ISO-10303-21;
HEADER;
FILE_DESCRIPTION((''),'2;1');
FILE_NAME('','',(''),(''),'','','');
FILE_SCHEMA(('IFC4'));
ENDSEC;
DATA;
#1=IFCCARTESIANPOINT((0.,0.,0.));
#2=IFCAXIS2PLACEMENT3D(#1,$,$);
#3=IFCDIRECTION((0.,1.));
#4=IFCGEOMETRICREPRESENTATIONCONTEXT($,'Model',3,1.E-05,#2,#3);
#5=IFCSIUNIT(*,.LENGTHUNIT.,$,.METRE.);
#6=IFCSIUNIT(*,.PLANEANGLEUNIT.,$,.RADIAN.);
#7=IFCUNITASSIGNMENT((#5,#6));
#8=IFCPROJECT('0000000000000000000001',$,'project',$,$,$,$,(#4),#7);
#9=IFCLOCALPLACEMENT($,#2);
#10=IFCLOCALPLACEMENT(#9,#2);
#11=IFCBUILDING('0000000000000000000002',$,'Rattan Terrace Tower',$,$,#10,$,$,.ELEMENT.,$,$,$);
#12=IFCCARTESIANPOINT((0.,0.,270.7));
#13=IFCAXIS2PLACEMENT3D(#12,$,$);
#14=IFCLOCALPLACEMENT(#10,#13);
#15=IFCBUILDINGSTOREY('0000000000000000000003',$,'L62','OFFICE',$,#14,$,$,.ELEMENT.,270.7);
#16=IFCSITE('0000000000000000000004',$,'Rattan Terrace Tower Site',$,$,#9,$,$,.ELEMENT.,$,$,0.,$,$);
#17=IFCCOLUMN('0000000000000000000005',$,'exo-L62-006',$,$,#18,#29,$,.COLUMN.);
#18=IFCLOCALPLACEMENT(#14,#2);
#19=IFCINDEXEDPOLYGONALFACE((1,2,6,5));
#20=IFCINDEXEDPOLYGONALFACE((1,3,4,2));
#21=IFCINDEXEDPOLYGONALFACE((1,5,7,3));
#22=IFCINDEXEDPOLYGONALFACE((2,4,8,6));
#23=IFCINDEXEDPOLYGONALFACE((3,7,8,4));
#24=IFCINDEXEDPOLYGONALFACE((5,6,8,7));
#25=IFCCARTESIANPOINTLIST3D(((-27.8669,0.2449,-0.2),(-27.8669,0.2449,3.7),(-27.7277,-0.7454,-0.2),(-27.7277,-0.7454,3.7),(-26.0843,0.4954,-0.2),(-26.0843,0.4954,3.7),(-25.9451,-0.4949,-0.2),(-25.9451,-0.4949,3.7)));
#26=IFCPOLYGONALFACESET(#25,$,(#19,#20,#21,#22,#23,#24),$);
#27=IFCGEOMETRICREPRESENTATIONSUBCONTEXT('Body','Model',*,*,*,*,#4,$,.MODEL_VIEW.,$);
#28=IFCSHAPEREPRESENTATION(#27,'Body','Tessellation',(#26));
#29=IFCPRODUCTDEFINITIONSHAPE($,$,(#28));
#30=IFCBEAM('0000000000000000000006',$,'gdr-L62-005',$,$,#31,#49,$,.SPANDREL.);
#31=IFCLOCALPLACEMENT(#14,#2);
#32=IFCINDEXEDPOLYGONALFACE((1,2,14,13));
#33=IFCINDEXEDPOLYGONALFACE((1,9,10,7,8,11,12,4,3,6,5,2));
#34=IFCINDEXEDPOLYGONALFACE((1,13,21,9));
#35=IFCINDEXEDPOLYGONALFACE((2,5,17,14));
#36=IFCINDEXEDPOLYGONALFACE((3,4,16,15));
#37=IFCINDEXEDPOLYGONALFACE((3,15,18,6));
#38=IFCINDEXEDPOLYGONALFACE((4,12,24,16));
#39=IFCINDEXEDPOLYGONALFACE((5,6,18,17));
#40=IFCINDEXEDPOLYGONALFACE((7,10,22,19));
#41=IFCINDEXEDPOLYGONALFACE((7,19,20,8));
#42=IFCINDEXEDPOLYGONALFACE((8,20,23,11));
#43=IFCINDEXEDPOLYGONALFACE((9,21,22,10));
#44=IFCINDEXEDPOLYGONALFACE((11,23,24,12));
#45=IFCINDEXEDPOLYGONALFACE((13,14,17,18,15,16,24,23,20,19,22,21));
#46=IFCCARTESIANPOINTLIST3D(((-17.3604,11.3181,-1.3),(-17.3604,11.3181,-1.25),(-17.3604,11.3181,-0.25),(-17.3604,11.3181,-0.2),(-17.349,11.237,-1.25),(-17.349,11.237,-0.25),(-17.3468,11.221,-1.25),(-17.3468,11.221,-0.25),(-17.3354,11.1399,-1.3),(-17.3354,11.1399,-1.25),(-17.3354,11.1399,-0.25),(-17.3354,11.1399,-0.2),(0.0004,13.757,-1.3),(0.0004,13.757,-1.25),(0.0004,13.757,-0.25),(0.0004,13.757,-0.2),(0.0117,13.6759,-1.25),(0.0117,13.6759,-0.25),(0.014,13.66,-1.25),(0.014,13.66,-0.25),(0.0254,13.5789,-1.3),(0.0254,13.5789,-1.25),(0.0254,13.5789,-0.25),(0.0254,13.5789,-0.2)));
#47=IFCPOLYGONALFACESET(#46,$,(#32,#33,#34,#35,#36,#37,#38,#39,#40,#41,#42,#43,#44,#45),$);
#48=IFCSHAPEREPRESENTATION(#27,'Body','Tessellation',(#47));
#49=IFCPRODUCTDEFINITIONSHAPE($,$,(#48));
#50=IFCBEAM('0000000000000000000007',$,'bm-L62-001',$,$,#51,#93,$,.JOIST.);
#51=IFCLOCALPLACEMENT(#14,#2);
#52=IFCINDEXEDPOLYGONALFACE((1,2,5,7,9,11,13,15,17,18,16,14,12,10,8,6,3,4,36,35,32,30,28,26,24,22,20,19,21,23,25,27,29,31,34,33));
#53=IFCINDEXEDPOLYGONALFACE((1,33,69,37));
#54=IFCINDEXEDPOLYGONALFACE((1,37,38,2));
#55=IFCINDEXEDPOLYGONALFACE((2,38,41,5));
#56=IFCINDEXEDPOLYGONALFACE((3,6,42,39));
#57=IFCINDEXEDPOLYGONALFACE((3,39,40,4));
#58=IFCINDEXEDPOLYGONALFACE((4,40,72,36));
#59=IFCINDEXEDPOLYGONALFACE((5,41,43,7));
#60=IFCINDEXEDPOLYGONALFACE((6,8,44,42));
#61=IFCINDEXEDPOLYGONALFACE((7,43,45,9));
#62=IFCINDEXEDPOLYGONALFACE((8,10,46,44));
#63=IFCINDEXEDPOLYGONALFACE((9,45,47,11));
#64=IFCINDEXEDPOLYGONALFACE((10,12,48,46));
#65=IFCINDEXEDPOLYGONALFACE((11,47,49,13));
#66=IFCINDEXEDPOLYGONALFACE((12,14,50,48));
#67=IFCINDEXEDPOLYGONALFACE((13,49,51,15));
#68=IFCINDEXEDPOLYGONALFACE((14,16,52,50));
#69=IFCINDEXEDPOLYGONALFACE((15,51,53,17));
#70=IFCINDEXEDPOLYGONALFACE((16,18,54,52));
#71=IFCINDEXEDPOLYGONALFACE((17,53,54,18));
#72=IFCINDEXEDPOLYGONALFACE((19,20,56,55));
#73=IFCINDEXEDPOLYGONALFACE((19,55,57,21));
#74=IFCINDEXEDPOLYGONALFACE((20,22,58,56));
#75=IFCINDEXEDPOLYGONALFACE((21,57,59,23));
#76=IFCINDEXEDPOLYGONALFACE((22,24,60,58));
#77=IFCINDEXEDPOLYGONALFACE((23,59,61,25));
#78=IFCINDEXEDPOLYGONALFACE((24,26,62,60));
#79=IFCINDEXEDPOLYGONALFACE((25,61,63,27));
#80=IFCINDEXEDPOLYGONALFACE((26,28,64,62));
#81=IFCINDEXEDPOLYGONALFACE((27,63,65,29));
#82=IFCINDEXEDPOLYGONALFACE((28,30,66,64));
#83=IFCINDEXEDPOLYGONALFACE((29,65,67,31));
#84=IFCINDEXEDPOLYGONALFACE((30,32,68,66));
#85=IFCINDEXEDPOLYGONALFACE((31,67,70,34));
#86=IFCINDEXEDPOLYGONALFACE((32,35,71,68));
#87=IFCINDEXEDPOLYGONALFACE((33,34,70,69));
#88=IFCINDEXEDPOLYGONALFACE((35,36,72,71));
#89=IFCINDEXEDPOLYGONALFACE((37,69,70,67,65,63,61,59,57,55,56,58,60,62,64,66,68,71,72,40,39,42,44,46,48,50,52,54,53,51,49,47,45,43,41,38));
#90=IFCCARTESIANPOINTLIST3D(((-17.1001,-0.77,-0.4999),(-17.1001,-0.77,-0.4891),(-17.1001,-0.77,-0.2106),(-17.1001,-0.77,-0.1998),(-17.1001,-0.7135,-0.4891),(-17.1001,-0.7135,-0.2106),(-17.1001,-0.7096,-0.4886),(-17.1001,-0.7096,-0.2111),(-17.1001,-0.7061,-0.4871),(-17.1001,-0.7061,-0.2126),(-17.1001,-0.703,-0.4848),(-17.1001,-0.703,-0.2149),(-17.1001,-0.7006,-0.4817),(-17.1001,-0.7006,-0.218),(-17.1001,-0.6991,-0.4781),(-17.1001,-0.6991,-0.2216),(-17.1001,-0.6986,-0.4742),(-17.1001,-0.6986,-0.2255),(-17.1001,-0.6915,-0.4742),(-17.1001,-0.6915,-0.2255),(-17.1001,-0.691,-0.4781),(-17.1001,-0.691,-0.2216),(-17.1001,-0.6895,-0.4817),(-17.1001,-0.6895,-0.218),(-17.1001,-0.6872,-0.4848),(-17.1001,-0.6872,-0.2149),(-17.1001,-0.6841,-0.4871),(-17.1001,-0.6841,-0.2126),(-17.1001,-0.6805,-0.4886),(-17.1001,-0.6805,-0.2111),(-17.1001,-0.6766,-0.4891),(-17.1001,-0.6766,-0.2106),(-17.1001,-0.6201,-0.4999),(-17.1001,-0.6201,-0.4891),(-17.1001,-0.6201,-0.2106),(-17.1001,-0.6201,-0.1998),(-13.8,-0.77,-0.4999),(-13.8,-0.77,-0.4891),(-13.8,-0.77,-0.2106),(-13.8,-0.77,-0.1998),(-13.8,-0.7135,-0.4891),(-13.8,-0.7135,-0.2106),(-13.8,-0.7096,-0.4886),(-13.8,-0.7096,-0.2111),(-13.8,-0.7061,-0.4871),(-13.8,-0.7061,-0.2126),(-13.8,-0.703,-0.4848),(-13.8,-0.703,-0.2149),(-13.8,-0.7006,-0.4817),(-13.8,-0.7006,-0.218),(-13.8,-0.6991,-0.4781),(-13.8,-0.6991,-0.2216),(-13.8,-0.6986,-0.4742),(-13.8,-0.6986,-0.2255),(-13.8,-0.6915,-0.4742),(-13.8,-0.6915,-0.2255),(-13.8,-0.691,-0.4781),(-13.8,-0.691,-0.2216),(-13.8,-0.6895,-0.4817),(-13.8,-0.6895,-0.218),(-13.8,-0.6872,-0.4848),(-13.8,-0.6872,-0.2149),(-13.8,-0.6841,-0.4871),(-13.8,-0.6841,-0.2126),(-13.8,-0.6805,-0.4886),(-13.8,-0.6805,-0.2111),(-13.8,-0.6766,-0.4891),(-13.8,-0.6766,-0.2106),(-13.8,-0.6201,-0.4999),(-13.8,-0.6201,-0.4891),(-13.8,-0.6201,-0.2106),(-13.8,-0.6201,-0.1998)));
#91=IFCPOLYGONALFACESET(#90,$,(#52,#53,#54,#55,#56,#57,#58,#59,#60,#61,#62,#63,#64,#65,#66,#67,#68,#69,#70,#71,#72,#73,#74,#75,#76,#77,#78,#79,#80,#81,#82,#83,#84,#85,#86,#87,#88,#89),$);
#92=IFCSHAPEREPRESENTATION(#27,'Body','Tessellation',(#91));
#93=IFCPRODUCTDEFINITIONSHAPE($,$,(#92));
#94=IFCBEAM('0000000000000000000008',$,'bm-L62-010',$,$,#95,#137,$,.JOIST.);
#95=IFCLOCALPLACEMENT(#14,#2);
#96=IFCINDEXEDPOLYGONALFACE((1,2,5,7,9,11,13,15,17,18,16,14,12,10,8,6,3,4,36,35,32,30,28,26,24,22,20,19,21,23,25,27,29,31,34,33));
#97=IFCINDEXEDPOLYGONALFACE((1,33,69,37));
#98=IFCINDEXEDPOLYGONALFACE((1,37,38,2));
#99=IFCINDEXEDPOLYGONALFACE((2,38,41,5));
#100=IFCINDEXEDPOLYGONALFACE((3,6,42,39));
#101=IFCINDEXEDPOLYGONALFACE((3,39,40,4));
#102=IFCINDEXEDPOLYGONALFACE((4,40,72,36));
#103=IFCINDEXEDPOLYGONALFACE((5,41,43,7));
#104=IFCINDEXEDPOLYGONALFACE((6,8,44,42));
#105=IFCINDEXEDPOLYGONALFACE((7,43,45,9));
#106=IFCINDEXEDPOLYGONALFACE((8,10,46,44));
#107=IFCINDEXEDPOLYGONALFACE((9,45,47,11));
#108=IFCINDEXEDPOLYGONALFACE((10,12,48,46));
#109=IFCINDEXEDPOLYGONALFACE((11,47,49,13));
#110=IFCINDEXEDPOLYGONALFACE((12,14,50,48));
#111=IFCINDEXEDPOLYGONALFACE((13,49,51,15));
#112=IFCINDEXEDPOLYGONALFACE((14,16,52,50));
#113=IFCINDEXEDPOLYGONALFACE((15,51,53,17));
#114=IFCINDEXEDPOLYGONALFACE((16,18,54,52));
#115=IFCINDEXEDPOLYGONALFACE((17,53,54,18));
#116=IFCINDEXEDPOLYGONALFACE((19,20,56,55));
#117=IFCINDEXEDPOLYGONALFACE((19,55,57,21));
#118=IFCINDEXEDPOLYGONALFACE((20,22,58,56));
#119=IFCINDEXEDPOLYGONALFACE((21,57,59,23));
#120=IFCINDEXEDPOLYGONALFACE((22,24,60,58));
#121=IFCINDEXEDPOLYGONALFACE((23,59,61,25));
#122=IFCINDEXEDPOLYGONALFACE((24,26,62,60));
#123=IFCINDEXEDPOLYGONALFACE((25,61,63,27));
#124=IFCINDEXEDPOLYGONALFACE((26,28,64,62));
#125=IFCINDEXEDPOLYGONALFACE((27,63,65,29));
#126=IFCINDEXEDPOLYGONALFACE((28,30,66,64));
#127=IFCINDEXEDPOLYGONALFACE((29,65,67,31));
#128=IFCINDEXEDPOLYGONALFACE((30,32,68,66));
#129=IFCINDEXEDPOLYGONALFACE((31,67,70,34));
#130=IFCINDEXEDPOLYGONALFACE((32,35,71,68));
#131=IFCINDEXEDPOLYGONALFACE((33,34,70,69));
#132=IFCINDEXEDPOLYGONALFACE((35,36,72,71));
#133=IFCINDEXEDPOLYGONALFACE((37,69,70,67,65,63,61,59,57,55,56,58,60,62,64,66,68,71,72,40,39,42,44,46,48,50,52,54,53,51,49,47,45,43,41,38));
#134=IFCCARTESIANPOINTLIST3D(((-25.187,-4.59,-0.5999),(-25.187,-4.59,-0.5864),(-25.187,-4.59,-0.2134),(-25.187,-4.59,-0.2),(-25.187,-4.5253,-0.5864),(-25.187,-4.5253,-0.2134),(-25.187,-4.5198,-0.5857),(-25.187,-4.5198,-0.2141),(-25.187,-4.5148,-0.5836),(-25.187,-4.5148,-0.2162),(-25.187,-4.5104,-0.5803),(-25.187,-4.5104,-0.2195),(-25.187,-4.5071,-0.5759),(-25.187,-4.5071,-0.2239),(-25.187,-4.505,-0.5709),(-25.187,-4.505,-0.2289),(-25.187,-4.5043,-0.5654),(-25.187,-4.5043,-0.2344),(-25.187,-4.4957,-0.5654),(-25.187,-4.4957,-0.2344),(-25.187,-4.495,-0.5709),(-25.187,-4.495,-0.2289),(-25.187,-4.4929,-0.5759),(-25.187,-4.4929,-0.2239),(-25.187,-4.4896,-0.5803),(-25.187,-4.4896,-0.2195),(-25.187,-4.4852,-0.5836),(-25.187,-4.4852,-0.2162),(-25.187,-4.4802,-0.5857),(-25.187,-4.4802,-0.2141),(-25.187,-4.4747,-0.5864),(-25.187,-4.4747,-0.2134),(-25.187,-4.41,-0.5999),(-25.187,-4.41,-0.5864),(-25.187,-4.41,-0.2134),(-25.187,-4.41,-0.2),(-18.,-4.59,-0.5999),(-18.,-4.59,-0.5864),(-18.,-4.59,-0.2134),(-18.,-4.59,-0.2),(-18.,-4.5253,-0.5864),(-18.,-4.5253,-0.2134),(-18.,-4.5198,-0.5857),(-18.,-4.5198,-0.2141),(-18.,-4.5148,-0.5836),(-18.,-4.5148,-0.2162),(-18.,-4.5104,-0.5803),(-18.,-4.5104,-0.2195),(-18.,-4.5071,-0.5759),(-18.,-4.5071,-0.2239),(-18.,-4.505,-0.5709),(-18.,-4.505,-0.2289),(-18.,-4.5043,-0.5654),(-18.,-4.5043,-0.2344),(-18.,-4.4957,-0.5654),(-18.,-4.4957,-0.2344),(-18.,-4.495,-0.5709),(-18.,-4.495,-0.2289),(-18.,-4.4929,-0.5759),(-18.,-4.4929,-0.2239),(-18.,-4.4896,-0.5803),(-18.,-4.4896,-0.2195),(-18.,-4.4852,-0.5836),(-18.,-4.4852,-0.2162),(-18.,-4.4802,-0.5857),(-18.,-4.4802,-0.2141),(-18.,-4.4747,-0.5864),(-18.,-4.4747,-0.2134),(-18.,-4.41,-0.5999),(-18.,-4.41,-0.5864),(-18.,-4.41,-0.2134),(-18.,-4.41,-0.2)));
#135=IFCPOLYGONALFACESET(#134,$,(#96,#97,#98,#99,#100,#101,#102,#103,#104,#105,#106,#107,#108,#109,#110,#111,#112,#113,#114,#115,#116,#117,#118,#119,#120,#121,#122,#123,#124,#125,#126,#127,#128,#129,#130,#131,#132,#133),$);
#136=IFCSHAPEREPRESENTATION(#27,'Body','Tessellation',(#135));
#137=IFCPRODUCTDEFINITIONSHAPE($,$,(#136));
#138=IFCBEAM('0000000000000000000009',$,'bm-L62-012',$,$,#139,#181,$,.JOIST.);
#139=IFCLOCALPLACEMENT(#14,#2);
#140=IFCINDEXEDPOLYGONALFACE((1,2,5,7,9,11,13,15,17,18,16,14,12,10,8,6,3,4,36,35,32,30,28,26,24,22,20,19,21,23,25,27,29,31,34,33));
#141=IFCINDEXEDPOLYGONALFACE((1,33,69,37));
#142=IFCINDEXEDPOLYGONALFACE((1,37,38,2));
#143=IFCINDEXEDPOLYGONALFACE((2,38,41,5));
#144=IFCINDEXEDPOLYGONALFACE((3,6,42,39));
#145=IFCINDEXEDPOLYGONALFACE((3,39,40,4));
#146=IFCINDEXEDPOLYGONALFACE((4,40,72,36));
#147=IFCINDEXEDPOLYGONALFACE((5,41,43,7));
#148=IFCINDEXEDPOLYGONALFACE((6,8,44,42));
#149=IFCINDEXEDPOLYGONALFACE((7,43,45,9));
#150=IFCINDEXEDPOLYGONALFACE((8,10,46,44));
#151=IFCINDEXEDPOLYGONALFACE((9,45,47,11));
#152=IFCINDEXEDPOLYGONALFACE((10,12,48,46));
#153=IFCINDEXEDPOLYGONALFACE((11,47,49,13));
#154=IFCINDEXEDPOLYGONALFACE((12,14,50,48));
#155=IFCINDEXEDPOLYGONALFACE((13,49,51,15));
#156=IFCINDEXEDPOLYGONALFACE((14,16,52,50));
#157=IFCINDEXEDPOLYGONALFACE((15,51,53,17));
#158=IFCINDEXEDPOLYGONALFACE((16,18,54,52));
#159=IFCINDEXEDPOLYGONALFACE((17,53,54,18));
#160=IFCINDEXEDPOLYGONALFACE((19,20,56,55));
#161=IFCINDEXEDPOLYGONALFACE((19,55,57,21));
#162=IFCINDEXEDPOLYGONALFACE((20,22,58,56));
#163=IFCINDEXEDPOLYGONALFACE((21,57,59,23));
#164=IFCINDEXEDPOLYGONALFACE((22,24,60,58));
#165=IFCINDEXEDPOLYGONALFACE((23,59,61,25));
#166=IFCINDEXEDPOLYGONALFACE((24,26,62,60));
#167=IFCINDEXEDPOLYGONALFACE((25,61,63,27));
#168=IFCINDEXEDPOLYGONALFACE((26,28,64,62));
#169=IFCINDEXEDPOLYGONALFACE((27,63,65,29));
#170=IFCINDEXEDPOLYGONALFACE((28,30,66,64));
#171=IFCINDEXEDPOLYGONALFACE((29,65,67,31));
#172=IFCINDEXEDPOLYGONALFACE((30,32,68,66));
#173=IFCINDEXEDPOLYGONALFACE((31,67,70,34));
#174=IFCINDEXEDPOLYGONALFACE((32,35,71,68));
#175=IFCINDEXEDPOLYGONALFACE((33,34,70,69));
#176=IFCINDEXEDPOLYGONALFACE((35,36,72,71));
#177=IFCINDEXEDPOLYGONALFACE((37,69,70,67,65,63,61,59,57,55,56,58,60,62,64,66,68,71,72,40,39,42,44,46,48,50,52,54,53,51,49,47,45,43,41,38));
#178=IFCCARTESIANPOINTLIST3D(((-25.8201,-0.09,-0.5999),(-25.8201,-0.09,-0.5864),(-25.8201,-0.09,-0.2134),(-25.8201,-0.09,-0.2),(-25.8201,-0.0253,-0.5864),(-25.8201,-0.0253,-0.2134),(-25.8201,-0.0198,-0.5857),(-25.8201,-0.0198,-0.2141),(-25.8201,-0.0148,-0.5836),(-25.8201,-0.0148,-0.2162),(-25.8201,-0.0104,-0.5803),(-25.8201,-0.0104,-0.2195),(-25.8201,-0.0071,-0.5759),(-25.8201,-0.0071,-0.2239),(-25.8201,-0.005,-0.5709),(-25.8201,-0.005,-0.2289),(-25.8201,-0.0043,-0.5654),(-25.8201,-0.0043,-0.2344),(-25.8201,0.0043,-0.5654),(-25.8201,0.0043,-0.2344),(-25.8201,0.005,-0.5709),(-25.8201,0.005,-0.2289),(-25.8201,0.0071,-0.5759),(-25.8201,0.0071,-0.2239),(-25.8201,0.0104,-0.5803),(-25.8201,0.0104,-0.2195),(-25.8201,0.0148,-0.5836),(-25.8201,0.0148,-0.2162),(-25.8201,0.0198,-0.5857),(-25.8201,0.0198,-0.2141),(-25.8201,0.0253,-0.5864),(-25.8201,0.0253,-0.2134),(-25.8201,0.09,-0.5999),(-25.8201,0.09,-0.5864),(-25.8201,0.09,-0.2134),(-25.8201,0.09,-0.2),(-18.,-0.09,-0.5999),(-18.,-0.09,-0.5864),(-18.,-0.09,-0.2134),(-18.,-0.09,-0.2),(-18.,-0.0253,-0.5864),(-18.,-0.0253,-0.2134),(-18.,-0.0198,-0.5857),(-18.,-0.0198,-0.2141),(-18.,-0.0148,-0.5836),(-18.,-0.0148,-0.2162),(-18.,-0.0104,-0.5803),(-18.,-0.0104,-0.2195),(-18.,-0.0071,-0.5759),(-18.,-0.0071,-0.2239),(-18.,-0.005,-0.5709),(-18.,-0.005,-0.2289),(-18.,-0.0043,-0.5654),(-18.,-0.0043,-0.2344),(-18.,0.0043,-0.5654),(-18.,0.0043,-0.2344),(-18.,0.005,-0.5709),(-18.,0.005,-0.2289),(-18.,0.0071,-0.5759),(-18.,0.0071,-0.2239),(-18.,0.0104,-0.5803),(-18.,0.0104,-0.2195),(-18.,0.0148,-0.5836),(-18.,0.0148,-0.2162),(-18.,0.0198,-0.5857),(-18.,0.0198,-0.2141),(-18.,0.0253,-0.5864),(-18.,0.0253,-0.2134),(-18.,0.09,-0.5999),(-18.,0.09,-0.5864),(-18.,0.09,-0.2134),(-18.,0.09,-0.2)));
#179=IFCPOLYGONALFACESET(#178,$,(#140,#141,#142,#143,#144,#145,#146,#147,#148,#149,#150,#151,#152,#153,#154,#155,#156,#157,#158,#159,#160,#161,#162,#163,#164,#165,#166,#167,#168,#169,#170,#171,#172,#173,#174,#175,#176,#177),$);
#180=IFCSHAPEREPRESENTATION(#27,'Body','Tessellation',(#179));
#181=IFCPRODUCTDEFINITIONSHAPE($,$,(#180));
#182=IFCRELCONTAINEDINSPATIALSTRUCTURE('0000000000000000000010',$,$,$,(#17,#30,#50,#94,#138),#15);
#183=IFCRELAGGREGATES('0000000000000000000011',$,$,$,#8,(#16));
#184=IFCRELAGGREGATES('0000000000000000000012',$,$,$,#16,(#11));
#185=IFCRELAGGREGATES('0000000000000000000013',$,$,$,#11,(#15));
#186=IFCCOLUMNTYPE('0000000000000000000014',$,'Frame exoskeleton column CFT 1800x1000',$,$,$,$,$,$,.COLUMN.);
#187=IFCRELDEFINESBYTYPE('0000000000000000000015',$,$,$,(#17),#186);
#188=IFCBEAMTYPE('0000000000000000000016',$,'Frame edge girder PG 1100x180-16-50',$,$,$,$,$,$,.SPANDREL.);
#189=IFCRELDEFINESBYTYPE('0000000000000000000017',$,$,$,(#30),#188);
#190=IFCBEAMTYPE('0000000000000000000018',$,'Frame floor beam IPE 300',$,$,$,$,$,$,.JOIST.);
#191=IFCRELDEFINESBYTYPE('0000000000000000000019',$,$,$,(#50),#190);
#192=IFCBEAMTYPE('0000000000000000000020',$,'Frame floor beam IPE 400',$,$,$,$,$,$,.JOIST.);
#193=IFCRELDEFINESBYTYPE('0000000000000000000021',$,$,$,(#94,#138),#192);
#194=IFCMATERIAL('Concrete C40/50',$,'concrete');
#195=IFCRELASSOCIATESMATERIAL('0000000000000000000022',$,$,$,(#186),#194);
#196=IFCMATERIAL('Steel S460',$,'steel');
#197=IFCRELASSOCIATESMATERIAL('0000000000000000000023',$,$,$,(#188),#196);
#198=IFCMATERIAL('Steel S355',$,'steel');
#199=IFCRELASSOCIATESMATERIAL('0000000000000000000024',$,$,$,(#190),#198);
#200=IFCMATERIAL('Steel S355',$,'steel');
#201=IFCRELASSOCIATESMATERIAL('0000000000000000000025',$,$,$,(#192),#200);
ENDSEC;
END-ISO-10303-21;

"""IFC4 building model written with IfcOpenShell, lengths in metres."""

from ifc_helpers import new_model, si_unit, direction, frame, origin, origin_2d, place, context, subcontext, project, spatial, rectangle, i_section, extrude, material, material_profile, profile_set, type_object, element, save


model = new_model("IFC4")

# Units and contexts
model_context = context("Model", 3, precision=1e-05, world=origin(), true_north=direction((0.0, 1.0)))
body_context = subcontext(model_context, "Body", "Model", "MODEL_VIEW")
ifc_project = project(units=[si_unit("LENGTHUNIT", "METRE"), si_unit("PLANEANGLEUNIT", "RADIAN")], contexts=[model_context])

# Site, building, storey
site_placement = place(None, origin())
site = spatial("IfcSite", under=ifc_project, at=site_placement, Name="Rattan Terrace Tower Site", CompositionType="ELEMENT", RefElevation=0.0)
building_placement = place(site_placement, origin())
building = spatial("IfcBuilding", under=site, at=building_placement, Name="Rattan Terrace Tower", CompositionType="ELEMENT")
storey_placement = place(building_placement, frame((0.0, 0.0, 270.7)))
storey = spatial("IfcBuildingStorey", under=building, at=storey_placement, Name="L62", Description="OFFICE", CompositionType="ELEMENT", Elevation=270.7)

# Column
ifc_material_1 = material(Name="Concrete C40/50", Category="concrete")
ifc_material_profile_1 = material_profile(ifc_material_1, rectangle(XDim=1.0, YDim=1.8, at=origin_2d()), Name="CFT 1800x1000")
ifc_profile_set_1 = profile_set([ifc_material_profile_1], Name="Concrete C40/50")
column_type = type_object("IfcColumnType", Name="Frame exoskeleton column CFT 1800x1000", PredefinedType="COLUMN", material=ifc_profile_set_1)
column_placement = place(storey_placement, frame((-26.906, -0.125, -0.2), z_axis=(0.0, 0.0, 1.0), x_axis=(-0.13919, 0.990266, 0.0)))
element("IfcColumn", 1, at=column_placement, inside=storey, type_object=column_type, Name="exo-L62-006", PredefinedType="COLUMN", context=body_context, shape_type="SweptSolid", body=[
    extrude(rectangle(XDim=1.0, YDim=1.8, at=origin_2d()), origin(), (0.0, 0.0, 1.0), 3.8999),
])

# Beams
ifc_material_2 = material(Name="Steel S460", Category="steel")
ifc_material_profile_2 = material_profile(ifc_material_2, i_section(OverallWidth=0.1799, OverallDepth=1.1001, WebThickness=0.0161, FlangeThickness=0.05, at=origin_2d()), Name="PG 1100x180-16-50")
ifc_profile_set_2 = profile_set([ifc_material_profile_2], Name="Steel S460")
beam_type_1 = type_object("IfcBeamType", Name="Frame edge girder PG 1100x180-16-50", PredefinedType="SPANDREL", material=ifc_profile_set_2)
beam_1_placement = place(storey_placement, frame((-17.3479, 11.229, -0.75), z_axis=(0.990275, 0.13912, 0.0), x_axis=(-0.13912, 0.990275, 0.0)))
element("IfcBeam", 2, at=beam_1_placement, inside=storey, type_object=beam_type_1, Name="gdr-L62-005", PredefinedType="SPANDREL", context=body_context, shape_type="SweptSolid", body=[
    extrude(i_section(OverallWidth=0.1799, OverallDepth=1.1001, WebThickness=0.0161, FlangeThickness=0.05, at=origin_2d()), origin(), (0.0, 0.0, 1.0), 17.5312),
])
ifc_material_3 = material(Name="Steel S355", Category="steel")
ifc_material_profile_3 = material_profile(ifc_material_3, i_section(OverallWidth=0.1499, OverallDepth=0.3, WebThickness=0.0071, FlangeThickness=0.0107, FilletRadius=0.0149, at=origin_2d()), Name="IPE 300")
ifc_profile_set_3 = profile_set([ifc_material_profile_3], Name="Steel S355")
beam_type_2 = type_object("IfcBeamType", Name="Frame floor beam IPE 300", PredefinedType="JOIST", material=ifc_profile_set_3)
beam_2_placement = place(storey_placement, frame((-17.1001, -0.6951, -0.3499), z_axis=(1.0, 0.0, 0.0), x_axis=(0.0, 1.0, 0.0)))
element("IfcBeam", 3, at=beam_2_placement, inside=storey, type_object=beam_type_2, Name="bm-L62-001", PredefinedType="JOIST", context=body_context, shape_type="SweptSolid", body=[
    extrude(i_section(OverallWidth=0.1499, OverallDepth=0.3, WebThickness=0.0071, FlangeThickness=0.0107, FilletRadius=0.0149, at=origin_2d()), origin(), (0.0, 0.0, 1.0), 3.3),
])
ifc_material_4 = material(Name="Steel S355", Category="steel")
ifc_material_profile_4 = material_profile(ifc_material_4, i_section(OverallWidth=0.1799, OverallDepth=0.3999, WebThickness=0.0085, FlangeThickness=0.0134, FilletRadius=0.021, at=origin_2d()), Name="IPE 400")
ifc_profile_set_4 = profile_set([ifc_material_profile_4], Name="Steel S355")
beam_type_3 = type_object("IfcBeamType", Name="Frame floor beam IPE 400", PredefinedType="JOIST", material=ifc_profile_set_4)
beam_3_placement = place(storey_placement, frame((-25.187, -4.5, -0.3999), z_axis=(1.0, 0.0, 0.0), x_axis=(0.0, 1.0, 0.0)))
element("IfcBeam", 4, at=beam_3_placement, inside=storey, type_object=beam_type_3, Name="bm-L62-010", PredefinedType="JOIST", context=body_context, shape_type="SweptSolid", body=[
    extrude(i_section(OverallWidth=0.1799, OverallDepth=0.3999, WebThickness=0.0085, FlangeThickness=0.0134, FilletRadius=0.021, at=origin_2d()), origin(), (0.0, 0.0, 1.0), 7.187),
])
beam_4_placement = place(storey_placement, frame((-25.8201, 0.0, -0.3999), z_axis=(1.0, 0.0, 0.0), x_axis=(0.0, 1.0, 0.0)))
element("IfcBeam", 5, at=beam_4_placement, inside=storey, type_object=beam_type_3, Name="bm-L62-012", PredefinedType="JOIST", context=body_context, shape_type="SweptSolid", body=[
    extrude(i_section(OverallWidth=0.1799, OverallDepth=0.3999, WebThickness=0.0085, FlangeThickness=0.0134, FilletRadius=0.021, at=origin_2d()), origin(), (0.0, 0.0, 1.0), 7.8201),
])

save(model, "model.ifc")
